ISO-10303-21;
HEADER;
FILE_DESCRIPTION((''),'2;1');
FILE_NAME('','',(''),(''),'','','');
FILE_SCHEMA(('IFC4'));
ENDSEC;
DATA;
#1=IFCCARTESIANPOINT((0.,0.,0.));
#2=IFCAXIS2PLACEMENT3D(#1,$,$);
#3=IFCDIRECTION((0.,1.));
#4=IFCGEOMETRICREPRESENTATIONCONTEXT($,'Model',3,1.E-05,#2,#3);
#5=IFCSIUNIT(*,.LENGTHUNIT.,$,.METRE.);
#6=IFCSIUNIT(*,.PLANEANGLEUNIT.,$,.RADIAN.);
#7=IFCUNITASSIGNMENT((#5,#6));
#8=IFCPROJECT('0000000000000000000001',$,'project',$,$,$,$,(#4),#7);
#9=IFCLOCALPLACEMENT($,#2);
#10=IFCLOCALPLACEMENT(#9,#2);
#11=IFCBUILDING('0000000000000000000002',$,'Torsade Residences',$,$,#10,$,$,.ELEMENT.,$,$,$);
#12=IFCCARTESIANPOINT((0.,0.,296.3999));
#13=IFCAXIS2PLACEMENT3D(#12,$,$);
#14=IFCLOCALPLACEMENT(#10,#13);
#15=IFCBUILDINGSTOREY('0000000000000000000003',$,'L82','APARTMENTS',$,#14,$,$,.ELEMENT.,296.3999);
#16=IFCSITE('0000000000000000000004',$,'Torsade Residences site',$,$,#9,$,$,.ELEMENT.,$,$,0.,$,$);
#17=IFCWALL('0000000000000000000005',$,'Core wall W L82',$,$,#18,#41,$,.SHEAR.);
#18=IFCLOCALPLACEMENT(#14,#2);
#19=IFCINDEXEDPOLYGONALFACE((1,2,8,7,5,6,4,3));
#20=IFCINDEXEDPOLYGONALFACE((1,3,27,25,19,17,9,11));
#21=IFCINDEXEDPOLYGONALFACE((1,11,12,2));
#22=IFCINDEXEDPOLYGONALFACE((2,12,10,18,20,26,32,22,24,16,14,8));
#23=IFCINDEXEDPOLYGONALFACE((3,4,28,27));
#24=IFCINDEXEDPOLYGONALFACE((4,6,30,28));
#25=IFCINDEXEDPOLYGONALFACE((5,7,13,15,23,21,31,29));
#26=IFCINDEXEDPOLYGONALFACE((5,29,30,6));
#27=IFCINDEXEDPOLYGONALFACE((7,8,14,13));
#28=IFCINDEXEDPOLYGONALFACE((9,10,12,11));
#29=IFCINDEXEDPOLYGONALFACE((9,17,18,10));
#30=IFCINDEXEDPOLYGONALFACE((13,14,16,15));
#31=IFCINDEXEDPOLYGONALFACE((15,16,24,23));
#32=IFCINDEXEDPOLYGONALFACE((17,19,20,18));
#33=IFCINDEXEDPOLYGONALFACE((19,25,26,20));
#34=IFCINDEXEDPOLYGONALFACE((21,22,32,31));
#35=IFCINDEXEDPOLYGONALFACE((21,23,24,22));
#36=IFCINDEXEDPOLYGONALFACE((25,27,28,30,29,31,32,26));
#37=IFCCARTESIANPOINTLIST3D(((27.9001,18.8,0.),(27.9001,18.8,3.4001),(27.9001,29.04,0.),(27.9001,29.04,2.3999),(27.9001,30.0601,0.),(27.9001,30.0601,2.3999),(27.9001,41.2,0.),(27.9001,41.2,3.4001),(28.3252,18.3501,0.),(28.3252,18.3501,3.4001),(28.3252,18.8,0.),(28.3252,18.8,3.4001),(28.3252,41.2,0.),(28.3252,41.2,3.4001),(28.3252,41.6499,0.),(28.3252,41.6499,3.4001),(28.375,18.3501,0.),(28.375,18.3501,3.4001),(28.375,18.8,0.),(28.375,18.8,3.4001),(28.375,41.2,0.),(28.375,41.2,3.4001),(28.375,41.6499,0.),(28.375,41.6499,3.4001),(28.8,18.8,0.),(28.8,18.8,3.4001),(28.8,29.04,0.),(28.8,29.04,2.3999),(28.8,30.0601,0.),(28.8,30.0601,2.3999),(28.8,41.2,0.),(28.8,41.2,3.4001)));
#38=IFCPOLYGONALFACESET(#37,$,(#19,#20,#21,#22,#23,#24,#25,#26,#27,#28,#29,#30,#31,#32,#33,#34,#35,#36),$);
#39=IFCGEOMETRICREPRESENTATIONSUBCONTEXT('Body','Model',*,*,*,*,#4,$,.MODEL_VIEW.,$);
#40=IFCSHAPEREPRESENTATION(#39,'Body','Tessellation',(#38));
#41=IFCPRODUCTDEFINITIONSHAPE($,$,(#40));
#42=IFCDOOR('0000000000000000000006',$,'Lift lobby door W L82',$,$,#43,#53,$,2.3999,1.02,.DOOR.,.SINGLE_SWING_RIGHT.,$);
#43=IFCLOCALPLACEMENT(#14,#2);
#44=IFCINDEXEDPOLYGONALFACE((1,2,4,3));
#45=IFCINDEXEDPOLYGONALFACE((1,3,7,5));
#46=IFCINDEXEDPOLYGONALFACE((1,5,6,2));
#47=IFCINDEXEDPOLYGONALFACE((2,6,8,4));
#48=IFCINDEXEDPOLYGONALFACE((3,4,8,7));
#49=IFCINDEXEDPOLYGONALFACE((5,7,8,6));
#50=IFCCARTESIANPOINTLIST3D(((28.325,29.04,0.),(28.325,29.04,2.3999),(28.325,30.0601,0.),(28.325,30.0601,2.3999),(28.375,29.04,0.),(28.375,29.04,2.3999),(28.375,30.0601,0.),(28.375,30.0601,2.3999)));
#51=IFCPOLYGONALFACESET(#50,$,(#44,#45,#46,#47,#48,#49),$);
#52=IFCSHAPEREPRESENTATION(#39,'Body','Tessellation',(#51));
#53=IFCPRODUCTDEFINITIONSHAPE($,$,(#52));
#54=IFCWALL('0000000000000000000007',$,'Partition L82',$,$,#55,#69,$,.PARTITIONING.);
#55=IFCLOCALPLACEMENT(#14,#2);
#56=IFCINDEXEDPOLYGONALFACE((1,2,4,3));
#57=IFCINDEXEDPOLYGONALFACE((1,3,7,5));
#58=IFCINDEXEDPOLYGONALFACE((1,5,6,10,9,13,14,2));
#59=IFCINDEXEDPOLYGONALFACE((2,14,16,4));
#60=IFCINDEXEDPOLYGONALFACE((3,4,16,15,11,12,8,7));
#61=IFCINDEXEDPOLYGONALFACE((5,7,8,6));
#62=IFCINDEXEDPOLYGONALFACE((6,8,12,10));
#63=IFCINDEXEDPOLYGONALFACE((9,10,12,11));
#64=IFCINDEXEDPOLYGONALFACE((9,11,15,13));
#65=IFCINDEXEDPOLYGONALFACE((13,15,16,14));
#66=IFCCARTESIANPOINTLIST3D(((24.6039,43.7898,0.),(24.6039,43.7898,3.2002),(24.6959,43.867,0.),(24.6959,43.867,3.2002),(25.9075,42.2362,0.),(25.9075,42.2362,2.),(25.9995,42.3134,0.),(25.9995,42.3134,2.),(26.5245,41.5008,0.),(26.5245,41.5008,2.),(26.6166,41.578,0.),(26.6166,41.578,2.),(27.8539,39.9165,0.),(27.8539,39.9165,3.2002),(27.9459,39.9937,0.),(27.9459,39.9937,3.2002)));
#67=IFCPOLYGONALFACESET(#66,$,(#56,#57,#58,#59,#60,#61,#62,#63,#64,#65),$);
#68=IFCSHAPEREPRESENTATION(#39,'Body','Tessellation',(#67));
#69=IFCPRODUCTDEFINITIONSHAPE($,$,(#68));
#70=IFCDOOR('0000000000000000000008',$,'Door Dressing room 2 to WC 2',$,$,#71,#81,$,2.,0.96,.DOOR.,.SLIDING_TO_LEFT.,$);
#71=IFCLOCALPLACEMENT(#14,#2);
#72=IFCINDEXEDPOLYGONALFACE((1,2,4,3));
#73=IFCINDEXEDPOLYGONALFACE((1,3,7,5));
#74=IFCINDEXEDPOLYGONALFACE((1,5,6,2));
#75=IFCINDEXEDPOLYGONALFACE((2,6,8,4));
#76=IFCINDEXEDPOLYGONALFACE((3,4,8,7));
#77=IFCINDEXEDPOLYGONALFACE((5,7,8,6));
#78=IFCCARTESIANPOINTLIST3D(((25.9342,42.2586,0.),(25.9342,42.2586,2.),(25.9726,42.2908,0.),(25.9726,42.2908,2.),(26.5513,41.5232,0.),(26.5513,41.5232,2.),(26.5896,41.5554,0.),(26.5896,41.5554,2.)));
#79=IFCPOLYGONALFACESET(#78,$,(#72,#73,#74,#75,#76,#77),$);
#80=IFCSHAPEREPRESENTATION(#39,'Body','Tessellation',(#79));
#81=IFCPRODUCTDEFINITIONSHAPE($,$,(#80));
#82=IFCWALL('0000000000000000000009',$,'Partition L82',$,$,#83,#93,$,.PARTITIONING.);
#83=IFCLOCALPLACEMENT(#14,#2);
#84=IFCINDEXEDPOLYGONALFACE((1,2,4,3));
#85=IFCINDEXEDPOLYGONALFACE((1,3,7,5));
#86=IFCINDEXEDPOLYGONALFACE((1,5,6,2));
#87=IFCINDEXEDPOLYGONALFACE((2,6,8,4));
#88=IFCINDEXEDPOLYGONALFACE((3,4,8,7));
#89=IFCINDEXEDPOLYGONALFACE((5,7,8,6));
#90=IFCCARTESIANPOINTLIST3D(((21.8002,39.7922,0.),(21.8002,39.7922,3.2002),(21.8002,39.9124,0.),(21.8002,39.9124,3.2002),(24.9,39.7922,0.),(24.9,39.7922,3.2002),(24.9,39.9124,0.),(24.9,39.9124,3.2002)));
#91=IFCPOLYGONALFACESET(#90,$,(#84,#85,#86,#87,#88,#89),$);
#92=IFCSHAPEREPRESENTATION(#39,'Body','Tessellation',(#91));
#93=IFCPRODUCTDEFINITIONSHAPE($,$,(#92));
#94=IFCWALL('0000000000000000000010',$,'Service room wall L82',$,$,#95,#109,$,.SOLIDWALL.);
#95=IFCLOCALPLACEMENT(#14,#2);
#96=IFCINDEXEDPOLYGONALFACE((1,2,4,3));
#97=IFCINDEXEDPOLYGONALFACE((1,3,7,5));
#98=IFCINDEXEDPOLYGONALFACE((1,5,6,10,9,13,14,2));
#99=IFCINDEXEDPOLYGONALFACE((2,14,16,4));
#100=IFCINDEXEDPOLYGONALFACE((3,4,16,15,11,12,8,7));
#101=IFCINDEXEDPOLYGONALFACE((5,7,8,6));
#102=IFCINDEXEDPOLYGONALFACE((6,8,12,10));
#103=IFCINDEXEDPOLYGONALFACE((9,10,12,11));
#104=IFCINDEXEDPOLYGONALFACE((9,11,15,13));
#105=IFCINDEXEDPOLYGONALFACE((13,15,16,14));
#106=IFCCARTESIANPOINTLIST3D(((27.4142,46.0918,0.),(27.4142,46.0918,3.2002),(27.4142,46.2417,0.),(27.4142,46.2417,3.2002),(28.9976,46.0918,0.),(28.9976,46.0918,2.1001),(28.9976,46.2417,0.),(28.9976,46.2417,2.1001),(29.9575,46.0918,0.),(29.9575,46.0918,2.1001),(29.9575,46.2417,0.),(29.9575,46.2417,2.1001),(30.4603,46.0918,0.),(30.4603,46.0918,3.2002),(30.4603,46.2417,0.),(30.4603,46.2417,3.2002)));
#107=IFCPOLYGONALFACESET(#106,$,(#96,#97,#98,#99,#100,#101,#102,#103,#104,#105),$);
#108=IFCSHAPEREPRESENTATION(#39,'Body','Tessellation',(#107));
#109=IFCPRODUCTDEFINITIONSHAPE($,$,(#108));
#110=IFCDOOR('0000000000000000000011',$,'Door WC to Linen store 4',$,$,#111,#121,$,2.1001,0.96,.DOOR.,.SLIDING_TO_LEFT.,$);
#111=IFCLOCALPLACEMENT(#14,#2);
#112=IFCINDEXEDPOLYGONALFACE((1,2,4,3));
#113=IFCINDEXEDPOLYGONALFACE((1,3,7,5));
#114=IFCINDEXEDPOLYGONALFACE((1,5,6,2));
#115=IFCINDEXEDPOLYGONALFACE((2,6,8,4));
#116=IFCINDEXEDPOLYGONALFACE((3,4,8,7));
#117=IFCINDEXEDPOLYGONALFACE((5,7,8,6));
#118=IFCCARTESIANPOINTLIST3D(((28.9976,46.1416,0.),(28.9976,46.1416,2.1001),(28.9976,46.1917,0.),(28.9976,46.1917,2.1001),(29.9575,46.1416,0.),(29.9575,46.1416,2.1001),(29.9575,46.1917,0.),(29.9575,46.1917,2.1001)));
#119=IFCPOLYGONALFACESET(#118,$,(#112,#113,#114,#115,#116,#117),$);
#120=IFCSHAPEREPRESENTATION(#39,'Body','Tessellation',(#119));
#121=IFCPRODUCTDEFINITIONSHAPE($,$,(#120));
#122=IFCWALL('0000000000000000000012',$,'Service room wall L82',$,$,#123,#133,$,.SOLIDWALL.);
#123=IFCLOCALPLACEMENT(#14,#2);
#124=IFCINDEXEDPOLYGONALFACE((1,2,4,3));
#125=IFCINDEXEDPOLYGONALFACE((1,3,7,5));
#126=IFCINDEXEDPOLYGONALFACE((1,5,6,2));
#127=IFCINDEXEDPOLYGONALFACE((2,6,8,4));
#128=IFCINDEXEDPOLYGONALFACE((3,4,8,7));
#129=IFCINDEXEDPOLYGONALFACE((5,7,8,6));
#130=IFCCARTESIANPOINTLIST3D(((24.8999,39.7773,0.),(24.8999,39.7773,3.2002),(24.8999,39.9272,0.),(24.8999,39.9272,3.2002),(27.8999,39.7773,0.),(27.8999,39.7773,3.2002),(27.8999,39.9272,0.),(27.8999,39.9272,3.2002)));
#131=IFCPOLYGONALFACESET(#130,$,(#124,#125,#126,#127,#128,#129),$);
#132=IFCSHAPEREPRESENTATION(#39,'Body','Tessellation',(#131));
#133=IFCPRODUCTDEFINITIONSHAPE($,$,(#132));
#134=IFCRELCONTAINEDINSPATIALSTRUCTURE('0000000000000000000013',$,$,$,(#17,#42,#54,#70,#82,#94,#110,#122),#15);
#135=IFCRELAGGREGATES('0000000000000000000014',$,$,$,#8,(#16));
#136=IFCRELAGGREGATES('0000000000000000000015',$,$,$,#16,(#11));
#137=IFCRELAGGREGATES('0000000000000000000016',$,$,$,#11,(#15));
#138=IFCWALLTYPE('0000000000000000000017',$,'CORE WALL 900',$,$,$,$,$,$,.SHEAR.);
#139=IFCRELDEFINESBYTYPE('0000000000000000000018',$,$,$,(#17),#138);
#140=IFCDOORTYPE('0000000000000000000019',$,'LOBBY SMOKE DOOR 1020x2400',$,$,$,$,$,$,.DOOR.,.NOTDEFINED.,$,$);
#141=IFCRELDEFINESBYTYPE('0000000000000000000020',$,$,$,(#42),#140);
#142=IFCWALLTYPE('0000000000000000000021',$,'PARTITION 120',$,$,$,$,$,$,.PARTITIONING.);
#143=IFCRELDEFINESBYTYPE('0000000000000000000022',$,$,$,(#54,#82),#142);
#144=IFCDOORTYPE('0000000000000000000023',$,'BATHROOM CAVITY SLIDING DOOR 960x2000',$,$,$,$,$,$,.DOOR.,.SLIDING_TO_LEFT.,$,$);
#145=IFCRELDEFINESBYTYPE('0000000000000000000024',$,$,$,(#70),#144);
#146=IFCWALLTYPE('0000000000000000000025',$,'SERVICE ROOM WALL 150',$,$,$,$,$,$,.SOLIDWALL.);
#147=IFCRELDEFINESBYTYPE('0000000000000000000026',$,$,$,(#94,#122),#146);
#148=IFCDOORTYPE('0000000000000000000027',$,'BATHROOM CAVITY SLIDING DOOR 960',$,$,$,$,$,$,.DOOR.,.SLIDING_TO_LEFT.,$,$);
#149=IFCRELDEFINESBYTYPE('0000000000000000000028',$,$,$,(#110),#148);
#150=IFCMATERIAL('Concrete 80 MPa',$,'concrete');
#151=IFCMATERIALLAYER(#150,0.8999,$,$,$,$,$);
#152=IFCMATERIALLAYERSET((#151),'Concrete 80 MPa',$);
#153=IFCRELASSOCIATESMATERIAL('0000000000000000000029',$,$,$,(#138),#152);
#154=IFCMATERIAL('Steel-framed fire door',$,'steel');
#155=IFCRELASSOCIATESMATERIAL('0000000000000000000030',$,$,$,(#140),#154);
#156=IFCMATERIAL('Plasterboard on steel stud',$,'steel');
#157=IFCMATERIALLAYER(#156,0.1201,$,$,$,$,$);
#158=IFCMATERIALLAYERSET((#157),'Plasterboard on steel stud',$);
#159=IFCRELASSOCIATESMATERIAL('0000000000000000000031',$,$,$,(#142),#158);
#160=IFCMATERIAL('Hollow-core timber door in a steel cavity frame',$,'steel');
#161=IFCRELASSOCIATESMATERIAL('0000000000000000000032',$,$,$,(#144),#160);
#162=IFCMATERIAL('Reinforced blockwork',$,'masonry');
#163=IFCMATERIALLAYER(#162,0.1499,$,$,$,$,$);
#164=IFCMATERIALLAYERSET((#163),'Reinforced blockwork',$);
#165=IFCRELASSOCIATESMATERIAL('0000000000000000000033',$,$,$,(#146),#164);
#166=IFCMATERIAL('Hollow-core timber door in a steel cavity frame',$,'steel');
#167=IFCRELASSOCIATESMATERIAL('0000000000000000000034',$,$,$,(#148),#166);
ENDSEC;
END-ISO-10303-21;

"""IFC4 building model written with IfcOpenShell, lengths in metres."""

from ifc_helpers import new_model, si_unit, direction, frame, frame_2d, origin, place, context, subcontext, project, spatial, polyline, rectangle, outline, extrude, material, layer, layer_set, type_object, element, fill, save


model = new_model("IFC4")

# Units and contexts
model_context = context("Model", 3, precision=1e-05, world=origin(), true_north=direction((0.0, 1.0)))
body_context = subcontext(model_context, "Body", "Model", "MODEL_VIEW")
ifc_project = project(units=[si_unit("LENGTHUNIT", "METRE"), si_unit("PLANEANGLEUNIT", "RADIAN")], contexts=[model_context])

# Site, building, storey
site_placement = place(None, origin())
site = spatial("IfcSite", under=ifc_project, at=site_placement, Name="Torsade Residences site", CompositionType="ELEMENT", RefElevation=0.0)
building_placement = place(site_placement, origin())
building = spatial("IfcBuilding", under=site, at=building_placement, Name="Torsade Residences", CompositionType="ELEMENT")
storey_placement = place(building_placement, frame((0.0, 0.0, 296.3999)))
storey = spatial("IfcBuildingStorey", under=building, at=storey_placement, Name="L82", Description="APARTMENTS", CompositionType="ELEMENT", Elevation=296.3999)

# Walls, openings, doors
ifc_material_1 = material(Name="Concrete 80 MPa", Category="concrete")
ifc_layer_1 = layer(ifc_material_1, 0.8999)
ifc_layer_set_1 = layer_set([ifc_layer_1], Name="Concrete 80 MPa")
wall_type_1 = type_object("IfcWallType", Name="CORE WALL 900", PredefinedType="SHEAR", material=ifc_layer_set_1)
wall_1_placement = place(storey_placement, frame((28.3501, 41.2, 0.0), z_axis=(0.0, 0.0, 1.0), x_axis=(0.0, -1.0, 0.0)))
wall_1 = element("IfcWall", 1, at=wall_1_placement, inside=storey, type_object=wall_type_1, Name="Core wall W L82", PredefinedType="SHEAR", context=body_context, shape_type="SweptSolid", body=[
    extrude(outline(polyline([(0.0, -0.45), (22.3999, -0.45), (22.3999, -0.0249), (22.8499, -0.0249), (22.8499, 0.0249), (22.3999, 0.0249), (22.3999, 0.45), (0.0, 0.45), (0.0, 0.0249), (-0.45, 0.0249), (-0.45, -0.0249), (0.0, -0.0249), (0.0, -0.45)])), origin(), (0.0, 0.0, 1.0), 3.4001),
])
opening_1_placement = place(wall_1_placement, frame((11.1399, 0.0, 0.0)))
opening_1 = element("IfcOpeningElement", 2, at=opening_1_placement, cuts=wall_1, PredefinedType="OPENING", context=body_context, shape_type="SweptSolid", body=[
    extrude(rectangle(XDim=1.02, YDim=2.3999, at=frame_2d((0.51, 1.2))), frame((0.0, 0.46, 0.0), z_axis=(0.0, -1.0, 0.0), x_axis=(1.0, 0.0, 0.0)), (0.0, 0.0, 1.0), 0.9199),
])
ifc_material_2 = material(Name="Steel-framed fire door", Category="steel")
door_type_1 = type_object("IfcDoorType", Name="LOBBY SMOKE DOOR 1020x2400", OperationType="NOTDEFINED", PredefinedType="DOOR", material=ifc_material_2)
door_1_placement = place(opening_1_placement, origin())
door_1 = element("IfcDoor", 3, at=door_1_placement, inside=storey, type_object=door_type_1, Name="Lift lobby door W L82", OperationType="SINGLE_SWING_RIGHT", OverallHeight=2.3999, OverallWidth=1.02, PredefinedType="DOOR", context=body_context, shape_type="SweptSolid", body=[
    extrude(rectangle(XDim=1.02, YDim=2.3999, at=frame_2d((0.51, 1.2))), frame((0.0, 0.0249, 0.0), z_axis=(0.0, -1.0, 0.0), x_axis=(1.0, 0.0, 0.0)), (0.0, 0.0, 1.0), 0.05),
])
fill(opening_1, door_1)
ifc_material_3 = material(Name="Plasterboard on steel stud", Category="steel")
ifc_layer_2 = layer(ifc_material_3, 0.1201)
ifc_layer_set_2 = layer_set([ifc_layer_2], Name="Plasterboard on steel stud")
wall_type_2 = type_object("IfcWallType", Name="PARTITION 120", PredefinedType="PARTITIONING", material=ifc_layer_set_2)
wall_2_placement = place(storey_placement, frame((24.6499, 43.8284, 0.0), z_axis=(0.0, 0.0, 1.0), x_axis=(0.642779, -0.766052, 0.0)))
wall_2 = element("IfcWall", 4, at=wall_2_placement, inside=storey, type_object=wall_type_2, Name="Partition L82", PredefinedType="PARTITIONING", context=body_context, shape_type="SweptSolid", body=[
    extrude(rectangle(XDim=5.0562, YDim=0.1201, at=frame_2d((2.5281, 0.0))), origin(), (0.0, 0.0, 1.0), 3.2002),
])
opening_2_placement = place(wall_2_placement, frame((2.0281, 0.0, 0.0)))
opening_2 = element("IfcOpeningElement", 5, at=opening_2_placement, cuts=wall_2, PredefinedType="OPENING", context=body_context, shape_type="SweptSolid", body=[
    extrude(rectangle(XDim=0.96, YDim=2.0, at=frame_2d((0.48, 1.0))), frame((0.0, 0.0701, 0.0), z_axis=(0.0, -1.0, 0.0), x_axis=(1.0, 0.0, 0.0)), (0.0, 0.0, 1.0), 0.1401),
])
ifc_material_4 = material(Name="Hollow-core timber door in a steel cavity frame", Category="steel")
door_type_2 = type_object("IfcDoorType", Name="BATHROOM CAVITY SLIDING DOOR 960x2000", OperationType="SLIDING_TO_LEFT", PredefinedType="DOOR", material=ifc_material_4)
door_2_placement = place(opening_2_placement, origin())
door_2 = element("IfcDoor", 6, at=door_2_placement, inside=storey, type_object=door_type_2, Name="Door Dressing room 2 to WC 2", OperationType="SLIDING_TO_LEFT", OverallHeight=2.0, OverallWidth=0.96, PredefinedType="DOOR", context=body_context, shape_type="SweptSolid", body=[
    extrude(rectangle(XDim=0.96, YDim=2.0, at=frame_2d((0.48, 1.0))), frame((0.0, 0.0249, 0.0), z_axis=(0.0, -1.0, 0.0), x_axis=(1.0, 0.0, 0.0)), (0.0, 0.0, 1.0), 0.05),
])
fill(opening_2, door_2)

# Wall
wall_3_placement = place(storey_placement, frame((24.8999, 39.8523, 0.0), z_axis=(0.0, 0.0, 1.0), x_axis=(-1.0, 0.0, 0.0)))
element("IfcWall", 7, at=wall_3_placement, inside=storey, type_object=wall_type_2, Name="Partition L82", PredefinedType="PARTITIONING", context=body_context, shape_type="SweptSolid", body=[
    extrude(rectangle(XDim=3.0999, YDim=0.1201, at=frame_2d((1.5498, 0.0))), origin(), (0.0, 0.0, 1.0), 3.2002),
])

# Wall, opening, door
ifc_material_5 = material(Name="Reinforced blockwork", Category="masonry")
ifc_layer_3 = layer(ifc_material_5, 0.1499)
ifc_layer_set_3 = layer_set([ifc_layer_3], Name="Reinforced blockwork")
wall_type_3 = type_object("IfcWallType", Name="SERVICE ROOM WALL 150", PredefinedType="SOLIDWALL", material=ifc_layer_set_3)
wall_4_placement = place(storey_placement, frame((27.4143, 46.1667, 0.0), z_axis=(0.0, 0.0, 1.0), x_axis=(1.0, 0.0, 0.0)))
wall_4 = element("IfcWall", 8, at=wall_4_placement, inside=storey, type_object=wall_type_3, Name="Service room wall L82", PredefinedType="SOLIDWALL", context=body_context, shape_type="SweptSolid", body=[
    extrude(rectangle(XDim=3.0461, YDim=0.1499, at=frame_2d((1.5229, 0.0))), origin(), (0.0, 0.0, 1.0), 3.2002),
])
opening_3_placement = place(wall_4_placement, frame((1.5833, 0.0, 0.0)))
opening_3 = element("IfcOpeningElement", 9, at=opening_3_placement, cuts=wall_4, PredefinedType="OPENING", context=body_context, shape_type="SweptSolid", body=[
    extrude(rectangle(XDim=0.96, YDim=2.1001, at=frame_2d((0.48, 1.05))), frame((0.0, 0.085, 0.0), z_axis=(0.0, -1.0, 0.0), x_axis=(1.0, 0.0, 0.0)), (0.0, 0.0, 1.0), 0.1699),
])
ifc_material_6 = material(Name="Hollow-core timber door in a steel cavity frame", Category="steel")
door_type_3 = type_object("IfcDoorType", Name="BATHROOM CAVITY SLIDING DOOR 960", OperationType="SLIDING_TO_LEFT", PredefinedType="DOOR", material=ifc_material_6)
door_3_placement = place(opening_3_placement, origin())
door_3 = element("IfcDoor", 10, at=door_3_placement, inside=storey, type_object=door_type_3, Name="Door WC to Linen store 4", OperationType="SLIDING_TO_LEFT", OverallHeight=2.1001, OverallWidth=0.96, PredefinedType="DOOR", context=body_context, shape_type="SweptSolid", body=[
    extrude(rectangle(XDim=0.96, YDim=2.1001, at=frame_2d((0.48, 1.05))), frame((0.0, 0.0249, 0.0), z_axis=(0.0, -1.0, 0.0), x_axis=(1.0, 0.0, 0.0)), (0.0, 0.0, 1.0), 0.05),
])
fill(opening_3, door_3)

# Wall
wall_5_placement = place(storey_placement, frame((27.8999, 39.8523, 0.0), z_axis=(0.0, 0.0, 1.0), x_axis=(-1.0, 0.0, 0.0)))
element("IfcWall", 11, at=wall_5_placement, inside=storey, type_object=wall_type_3, Name="Service room wall L82", PredefinedType="SOLIDWALL", context=body_context, shape_type="SweptSolid", body=[
    extrude(rectangle(XDim=3.0, YDim=0.1499, at=frame_2d((1.5, 0.0))), origin(), (0.0, 0.0, 1.0), 3.2002),
])

save(model, "model.ifc")
